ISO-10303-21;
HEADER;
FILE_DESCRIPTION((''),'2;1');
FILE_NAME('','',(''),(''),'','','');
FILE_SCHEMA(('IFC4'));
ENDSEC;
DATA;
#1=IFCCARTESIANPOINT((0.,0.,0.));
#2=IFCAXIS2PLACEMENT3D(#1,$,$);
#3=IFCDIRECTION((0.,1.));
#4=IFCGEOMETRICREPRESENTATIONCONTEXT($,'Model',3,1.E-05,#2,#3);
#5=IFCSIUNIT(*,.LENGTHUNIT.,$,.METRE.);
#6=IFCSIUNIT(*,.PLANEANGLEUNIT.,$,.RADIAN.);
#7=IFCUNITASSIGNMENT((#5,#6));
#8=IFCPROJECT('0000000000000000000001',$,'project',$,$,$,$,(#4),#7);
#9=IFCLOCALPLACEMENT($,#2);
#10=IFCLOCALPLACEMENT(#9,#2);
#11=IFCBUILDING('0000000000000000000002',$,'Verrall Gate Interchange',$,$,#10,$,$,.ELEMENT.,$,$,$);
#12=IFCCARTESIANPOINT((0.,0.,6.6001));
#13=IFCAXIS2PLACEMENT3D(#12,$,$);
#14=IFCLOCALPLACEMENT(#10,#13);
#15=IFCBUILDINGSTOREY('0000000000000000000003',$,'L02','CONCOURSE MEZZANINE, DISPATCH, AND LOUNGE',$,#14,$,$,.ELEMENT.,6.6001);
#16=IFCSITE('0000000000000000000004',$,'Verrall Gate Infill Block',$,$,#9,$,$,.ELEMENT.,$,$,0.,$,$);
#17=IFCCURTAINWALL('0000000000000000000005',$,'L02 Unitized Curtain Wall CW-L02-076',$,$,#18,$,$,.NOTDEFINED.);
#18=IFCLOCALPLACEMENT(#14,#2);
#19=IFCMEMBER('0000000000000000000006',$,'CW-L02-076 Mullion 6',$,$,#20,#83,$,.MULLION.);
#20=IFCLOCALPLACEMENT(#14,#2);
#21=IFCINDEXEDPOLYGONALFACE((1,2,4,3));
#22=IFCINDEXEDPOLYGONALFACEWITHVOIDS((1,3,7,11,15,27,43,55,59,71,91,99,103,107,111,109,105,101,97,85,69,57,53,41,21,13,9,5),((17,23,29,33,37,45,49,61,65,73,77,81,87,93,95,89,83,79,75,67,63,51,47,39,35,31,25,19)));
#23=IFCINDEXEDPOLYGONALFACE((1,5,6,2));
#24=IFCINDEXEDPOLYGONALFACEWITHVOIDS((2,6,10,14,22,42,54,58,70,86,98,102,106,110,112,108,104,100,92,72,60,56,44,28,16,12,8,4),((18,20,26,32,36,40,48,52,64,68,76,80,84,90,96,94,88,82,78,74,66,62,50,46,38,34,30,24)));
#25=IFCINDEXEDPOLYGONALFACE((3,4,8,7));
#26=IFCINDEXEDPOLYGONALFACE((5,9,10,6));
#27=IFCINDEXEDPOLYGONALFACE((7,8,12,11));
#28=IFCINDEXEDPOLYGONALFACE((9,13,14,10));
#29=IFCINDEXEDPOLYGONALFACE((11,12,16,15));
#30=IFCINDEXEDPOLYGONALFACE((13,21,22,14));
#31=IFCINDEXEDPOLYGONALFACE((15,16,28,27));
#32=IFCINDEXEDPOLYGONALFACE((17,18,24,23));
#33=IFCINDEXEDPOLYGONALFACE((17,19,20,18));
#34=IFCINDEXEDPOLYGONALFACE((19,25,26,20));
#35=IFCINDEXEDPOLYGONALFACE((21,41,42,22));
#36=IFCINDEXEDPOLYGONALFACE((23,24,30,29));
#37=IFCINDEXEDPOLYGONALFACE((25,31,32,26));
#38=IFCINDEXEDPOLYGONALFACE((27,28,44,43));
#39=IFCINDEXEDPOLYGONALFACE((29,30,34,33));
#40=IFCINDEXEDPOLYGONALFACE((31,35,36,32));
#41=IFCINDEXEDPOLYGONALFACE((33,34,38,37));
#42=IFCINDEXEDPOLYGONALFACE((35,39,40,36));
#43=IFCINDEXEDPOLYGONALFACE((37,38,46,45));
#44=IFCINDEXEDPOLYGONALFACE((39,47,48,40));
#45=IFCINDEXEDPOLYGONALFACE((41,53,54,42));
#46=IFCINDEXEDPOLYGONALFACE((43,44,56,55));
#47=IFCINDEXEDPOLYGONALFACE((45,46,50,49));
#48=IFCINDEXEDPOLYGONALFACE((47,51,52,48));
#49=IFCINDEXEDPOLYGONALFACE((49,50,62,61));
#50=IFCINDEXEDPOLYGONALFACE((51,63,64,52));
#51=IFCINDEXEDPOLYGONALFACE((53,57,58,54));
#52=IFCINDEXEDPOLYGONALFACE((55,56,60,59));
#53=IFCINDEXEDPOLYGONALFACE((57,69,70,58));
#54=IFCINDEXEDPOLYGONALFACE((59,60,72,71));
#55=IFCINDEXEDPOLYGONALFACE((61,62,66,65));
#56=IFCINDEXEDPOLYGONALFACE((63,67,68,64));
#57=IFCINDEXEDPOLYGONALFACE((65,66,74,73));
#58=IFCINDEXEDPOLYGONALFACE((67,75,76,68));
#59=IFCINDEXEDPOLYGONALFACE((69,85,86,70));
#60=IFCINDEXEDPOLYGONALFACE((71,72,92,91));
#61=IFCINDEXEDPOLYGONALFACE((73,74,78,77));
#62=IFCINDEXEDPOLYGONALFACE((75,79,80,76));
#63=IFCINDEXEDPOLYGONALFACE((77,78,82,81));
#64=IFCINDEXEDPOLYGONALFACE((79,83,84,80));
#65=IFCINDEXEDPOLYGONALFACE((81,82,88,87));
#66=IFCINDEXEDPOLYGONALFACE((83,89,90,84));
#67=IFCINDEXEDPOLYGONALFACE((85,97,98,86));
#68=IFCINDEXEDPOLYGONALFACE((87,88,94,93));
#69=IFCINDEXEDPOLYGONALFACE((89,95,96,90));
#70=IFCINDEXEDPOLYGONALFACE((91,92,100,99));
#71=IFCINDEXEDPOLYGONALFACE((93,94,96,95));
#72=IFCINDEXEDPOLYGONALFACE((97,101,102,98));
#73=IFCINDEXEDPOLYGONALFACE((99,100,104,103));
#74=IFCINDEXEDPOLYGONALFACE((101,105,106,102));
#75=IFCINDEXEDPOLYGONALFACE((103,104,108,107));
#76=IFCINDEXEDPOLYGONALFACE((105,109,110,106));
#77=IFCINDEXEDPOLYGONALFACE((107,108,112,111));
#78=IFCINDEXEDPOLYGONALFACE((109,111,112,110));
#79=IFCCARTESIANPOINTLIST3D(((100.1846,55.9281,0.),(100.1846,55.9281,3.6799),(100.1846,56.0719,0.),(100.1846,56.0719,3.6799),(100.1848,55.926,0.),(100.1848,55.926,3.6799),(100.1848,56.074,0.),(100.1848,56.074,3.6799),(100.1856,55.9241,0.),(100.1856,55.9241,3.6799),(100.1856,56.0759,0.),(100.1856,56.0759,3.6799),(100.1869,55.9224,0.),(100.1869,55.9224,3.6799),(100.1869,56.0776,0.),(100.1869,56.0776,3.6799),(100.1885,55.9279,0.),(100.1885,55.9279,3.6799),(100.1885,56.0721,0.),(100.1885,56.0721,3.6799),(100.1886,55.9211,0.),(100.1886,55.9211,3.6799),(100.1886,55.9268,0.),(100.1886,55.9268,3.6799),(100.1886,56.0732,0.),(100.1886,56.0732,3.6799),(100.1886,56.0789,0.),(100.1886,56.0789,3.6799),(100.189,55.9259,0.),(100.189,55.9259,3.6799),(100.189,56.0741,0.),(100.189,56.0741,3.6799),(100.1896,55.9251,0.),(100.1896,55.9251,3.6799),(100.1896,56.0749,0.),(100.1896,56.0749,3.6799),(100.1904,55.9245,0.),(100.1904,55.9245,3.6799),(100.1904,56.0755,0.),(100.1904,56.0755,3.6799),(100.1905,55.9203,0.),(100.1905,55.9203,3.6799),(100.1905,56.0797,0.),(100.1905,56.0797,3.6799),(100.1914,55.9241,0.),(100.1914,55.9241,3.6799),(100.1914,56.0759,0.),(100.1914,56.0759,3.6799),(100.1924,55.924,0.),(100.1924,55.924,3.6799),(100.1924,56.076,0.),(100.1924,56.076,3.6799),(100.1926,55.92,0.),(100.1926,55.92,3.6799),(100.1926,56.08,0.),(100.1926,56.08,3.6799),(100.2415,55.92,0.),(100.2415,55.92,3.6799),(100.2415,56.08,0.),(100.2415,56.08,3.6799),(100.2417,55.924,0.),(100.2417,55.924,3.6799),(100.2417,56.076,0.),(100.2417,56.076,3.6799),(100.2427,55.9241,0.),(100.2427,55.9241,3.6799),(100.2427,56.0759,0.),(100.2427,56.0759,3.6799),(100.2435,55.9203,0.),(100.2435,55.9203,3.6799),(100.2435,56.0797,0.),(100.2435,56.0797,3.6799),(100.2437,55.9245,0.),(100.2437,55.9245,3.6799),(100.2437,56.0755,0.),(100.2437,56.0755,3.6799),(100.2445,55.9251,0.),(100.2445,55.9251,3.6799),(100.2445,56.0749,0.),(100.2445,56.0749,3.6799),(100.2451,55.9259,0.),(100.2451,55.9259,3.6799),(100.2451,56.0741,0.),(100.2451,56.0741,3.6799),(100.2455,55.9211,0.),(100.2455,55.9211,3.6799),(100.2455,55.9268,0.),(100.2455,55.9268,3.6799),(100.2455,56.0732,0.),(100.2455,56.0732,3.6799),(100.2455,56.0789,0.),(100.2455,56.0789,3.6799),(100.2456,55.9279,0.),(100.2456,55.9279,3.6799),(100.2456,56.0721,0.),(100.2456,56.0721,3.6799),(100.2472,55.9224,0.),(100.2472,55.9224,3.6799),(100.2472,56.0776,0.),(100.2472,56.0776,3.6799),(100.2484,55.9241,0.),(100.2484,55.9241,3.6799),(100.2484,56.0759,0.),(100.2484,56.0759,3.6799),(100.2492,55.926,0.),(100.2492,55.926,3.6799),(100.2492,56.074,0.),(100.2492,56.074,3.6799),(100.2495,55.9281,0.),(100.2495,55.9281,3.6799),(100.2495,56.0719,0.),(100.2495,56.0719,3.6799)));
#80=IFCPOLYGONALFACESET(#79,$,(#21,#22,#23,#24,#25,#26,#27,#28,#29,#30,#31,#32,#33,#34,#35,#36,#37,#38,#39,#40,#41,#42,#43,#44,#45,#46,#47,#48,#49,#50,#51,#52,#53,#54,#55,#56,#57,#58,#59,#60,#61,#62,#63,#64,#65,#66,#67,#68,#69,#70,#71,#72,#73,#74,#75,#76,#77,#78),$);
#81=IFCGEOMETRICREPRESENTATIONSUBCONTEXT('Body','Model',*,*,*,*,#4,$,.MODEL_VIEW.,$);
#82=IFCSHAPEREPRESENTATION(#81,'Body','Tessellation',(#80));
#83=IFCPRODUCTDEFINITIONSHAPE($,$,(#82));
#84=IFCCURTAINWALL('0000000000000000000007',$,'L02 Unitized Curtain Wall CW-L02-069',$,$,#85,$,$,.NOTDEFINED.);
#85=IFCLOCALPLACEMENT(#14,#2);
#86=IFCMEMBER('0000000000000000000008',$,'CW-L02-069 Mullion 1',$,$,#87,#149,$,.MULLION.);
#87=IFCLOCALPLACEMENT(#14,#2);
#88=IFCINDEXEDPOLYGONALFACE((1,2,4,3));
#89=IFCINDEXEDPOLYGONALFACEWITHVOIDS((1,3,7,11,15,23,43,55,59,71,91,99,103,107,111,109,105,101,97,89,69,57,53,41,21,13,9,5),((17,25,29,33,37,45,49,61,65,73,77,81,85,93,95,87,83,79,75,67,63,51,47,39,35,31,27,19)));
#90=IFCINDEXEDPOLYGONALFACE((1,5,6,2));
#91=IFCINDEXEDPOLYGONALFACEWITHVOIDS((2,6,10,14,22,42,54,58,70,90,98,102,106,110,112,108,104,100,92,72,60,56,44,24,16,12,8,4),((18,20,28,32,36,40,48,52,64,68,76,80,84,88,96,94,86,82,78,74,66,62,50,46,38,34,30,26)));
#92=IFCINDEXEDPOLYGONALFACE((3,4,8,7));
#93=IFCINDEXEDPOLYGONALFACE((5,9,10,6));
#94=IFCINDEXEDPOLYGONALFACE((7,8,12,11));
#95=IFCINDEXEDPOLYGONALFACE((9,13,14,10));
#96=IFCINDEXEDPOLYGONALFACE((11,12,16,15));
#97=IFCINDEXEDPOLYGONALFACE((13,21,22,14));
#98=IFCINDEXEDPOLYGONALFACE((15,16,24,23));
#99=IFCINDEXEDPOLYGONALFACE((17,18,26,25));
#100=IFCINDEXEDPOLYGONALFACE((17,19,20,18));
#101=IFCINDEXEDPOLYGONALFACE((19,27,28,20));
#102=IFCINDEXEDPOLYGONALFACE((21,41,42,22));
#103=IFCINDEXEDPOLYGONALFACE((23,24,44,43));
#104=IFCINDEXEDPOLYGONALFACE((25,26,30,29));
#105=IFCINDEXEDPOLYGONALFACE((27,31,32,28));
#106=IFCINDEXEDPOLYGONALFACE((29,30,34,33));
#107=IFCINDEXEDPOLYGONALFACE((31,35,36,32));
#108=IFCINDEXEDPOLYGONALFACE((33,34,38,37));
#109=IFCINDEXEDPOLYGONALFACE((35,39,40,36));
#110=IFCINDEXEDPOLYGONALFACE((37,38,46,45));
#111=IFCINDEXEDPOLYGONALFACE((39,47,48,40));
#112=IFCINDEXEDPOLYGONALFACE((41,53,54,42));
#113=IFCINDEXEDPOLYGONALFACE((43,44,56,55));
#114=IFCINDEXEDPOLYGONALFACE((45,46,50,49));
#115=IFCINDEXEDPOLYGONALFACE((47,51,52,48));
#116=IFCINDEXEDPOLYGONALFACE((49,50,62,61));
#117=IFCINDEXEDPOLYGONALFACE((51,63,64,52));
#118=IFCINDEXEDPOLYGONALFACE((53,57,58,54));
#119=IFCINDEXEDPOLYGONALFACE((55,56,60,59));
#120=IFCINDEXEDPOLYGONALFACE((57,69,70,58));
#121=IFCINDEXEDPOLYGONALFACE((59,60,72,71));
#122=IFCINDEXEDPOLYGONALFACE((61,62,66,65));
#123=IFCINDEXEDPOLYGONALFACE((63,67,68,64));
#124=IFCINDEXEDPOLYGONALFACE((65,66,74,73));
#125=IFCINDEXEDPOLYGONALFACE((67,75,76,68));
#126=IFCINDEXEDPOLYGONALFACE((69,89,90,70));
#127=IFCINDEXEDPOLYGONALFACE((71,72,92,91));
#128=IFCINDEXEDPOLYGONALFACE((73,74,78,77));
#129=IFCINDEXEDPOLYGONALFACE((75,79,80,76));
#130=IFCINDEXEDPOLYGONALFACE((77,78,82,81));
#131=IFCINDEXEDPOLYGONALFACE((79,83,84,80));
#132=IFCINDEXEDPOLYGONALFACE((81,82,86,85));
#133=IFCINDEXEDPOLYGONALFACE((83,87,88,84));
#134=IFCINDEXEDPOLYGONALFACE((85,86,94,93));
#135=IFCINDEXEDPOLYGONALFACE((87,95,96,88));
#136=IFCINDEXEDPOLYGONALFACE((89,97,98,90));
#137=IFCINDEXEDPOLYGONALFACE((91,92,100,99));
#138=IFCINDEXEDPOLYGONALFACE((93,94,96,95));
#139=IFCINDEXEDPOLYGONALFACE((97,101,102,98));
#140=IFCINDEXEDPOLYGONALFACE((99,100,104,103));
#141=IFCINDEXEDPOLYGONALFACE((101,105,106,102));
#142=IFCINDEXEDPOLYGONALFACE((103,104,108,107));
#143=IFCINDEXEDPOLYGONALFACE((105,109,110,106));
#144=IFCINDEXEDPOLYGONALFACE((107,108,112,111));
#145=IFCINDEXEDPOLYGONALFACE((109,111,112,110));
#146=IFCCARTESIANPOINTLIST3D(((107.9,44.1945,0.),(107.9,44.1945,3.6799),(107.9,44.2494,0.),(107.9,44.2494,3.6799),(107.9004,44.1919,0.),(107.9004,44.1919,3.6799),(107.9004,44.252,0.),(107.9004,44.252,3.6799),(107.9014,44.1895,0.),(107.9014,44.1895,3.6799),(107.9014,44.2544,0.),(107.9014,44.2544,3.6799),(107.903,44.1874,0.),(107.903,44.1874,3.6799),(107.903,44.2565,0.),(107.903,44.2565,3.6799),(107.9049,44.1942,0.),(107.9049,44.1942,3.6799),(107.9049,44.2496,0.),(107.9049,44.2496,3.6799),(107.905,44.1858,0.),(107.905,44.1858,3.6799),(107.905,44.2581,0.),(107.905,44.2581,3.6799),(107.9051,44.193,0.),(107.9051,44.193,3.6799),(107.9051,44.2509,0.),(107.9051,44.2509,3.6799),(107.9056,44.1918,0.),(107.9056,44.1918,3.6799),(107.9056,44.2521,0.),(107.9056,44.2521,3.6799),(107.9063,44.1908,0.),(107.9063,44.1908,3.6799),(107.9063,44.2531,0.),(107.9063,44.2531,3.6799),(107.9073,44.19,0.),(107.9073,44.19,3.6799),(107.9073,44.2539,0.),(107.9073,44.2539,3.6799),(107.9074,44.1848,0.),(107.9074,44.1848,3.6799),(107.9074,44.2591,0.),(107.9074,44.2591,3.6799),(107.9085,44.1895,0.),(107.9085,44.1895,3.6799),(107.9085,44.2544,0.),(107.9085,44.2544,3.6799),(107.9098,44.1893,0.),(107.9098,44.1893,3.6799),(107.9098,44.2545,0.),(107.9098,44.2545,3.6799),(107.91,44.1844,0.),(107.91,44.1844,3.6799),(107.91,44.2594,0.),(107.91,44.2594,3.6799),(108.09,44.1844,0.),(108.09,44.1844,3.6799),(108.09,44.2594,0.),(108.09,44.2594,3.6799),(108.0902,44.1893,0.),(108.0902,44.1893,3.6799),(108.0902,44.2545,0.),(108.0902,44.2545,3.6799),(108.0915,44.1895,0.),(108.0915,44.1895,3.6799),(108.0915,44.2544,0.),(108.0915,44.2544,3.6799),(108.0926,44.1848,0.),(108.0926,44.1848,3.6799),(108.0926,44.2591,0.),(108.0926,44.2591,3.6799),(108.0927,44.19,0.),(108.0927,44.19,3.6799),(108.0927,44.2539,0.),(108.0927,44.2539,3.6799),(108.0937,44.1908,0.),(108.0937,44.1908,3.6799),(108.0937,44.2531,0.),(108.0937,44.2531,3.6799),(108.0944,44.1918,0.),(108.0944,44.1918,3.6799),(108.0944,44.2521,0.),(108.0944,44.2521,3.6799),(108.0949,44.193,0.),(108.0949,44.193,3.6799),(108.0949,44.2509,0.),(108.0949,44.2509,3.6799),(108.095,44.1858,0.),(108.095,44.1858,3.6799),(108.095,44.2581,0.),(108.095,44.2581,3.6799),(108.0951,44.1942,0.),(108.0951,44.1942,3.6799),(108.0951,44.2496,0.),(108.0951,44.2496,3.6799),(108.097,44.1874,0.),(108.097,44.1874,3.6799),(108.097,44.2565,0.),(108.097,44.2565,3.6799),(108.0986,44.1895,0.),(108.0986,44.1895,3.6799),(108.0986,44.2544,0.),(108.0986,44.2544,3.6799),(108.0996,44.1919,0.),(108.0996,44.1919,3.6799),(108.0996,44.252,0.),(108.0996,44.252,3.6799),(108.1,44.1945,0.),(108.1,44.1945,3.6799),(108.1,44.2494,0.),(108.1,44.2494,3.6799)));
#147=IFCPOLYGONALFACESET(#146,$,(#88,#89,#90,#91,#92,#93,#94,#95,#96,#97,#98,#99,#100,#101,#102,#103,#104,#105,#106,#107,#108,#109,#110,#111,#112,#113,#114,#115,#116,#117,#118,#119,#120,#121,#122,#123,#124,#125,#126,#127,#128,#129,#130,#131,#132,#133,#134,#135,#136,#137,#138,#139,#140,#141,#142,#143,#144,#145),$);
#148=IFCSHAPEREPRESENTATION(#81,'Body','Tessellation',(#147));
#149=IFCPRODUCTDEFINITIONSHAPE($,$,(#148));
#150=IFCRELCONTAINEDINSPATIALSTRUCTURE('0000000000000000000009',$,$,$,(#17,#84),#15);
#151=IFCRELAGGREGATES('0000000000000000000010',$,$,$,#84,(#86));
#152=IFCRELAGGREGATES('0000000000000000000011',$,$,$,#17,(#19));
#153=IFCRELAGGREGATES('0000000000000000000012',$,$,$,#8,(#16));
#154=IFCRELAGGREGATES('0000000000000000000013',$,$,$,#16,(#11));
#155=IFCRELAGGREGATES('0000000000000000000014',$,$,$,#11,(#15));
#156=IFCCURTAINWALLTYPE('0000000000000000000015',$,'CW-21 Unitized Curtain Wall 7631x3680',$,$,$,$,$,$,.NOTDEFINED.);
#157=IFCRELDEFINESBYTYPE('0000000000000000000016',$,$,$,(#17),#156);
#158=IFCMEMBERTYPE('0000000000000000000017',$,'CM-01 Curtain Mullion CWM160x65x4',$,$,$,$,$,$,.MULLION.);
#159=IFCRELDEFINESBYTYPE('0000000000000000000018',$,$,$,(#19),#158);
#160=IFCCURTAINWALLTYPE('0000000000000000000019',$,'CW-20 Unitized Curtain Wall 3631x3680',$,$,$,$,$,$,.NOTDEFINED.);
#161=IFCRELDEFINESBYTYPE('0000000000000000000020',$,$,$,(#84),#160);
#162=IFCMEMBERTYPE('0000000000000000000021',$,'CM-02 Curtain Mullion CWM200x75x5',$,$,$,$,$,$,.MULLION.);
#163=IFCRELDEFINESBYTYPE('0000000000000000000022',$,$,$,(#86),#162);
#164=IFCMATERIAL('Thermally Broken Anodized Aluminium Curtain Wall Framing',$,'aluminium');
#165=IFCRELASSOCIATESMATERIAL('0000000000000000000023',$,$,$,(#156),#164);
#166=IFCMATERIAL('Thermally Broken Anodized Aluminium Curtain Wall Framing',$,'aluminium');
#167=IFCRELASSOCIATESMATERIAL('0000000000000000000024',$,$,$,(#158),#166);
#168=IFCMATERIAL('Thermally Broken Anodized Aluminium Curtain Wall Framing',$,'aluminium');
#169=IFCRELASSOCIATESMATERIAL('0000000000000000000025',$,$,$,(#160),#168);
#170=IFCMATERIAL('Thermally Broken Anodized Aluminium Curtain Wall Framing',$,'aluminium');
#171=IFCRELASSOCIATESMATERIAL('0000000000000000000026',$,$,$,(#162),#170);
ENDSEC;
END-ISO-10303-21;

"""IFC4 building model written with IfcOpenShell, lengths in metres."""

from ifc_helpers import new_model, si_unit, direction, frame, origin, origin_2d, place, context, subcontext, project, spatial, hollow_rectangle, extrude, material, material_profile, profile_set, type_object, element, aggregate, save


model = new_model("IFC4")

# Units and contexts
model_context = context("Model", 3, precision=1e-05, world=origin(), true_north=direction((0.0, 1.0)))
body_context = subcontext(model_context, "Body", "Model", "MODEL_VIEW")
ifc_project = project(units=[si_unit("LENGTHUNIT", "METRE"), si_unit("PLANEANGLEUNIT", "RADIAN")], contexts=[model_context])

# Site, building, storey
site_placement = place(None, origin())
site = spatial("IfcSite", under=ifc_project, at=site_placement, Name="Verrall Gate Infill Block", CompositionType="ELEMENT", RefElevation=0.0)
building_placement = place(site_placement, origin())
building = spatial("IfcBuilding", under=site, at=building_placement, Name="Verrall Gate Interchange", CompositionType="ELEMENT")
storey_placement = place(building_placement, frame((0.0, 0.0, 6.6001)))
storey = spatial("IfcBuildingStorey", under=building, at=storey_placement, Name="L02", Description="CONCOURSE MEZZANINE, DISPATCH, AND LOUNGE", CompositionType="ELEMENT", Elevation=6.6001)

# Curtain wall, member
ifc_material_1 = material(Name="Thermally Broken Anodized Aluminium Curtain Wall Framing", Category="aluminium")
curtain_wall_type_1 = type_object("IfcCurtainWallType", Name="CW-21 Unitized Curtain Wall 7631x3680", PredefinedType="NOTDEFINED", material=ifc_material_1)
curtain_wall_1_placement = place(storey_placement, origin())
curtain_wall_1 = element("IfcCurtainWall", 1, at=curtain_wall_1_placement, inside=storey, type_object=curtain_wall_type_1, Name="L02 Unitized Curtain Wall CW-L02-076", PredefinedType="NOTDEFINED")
ifc_material_2 = material(Name="Thermally Broken Anodized Aluminium Curtain Wall Framing", Category="aluminium")
ifc_material_profile_1 = material_profile(ifc_material_2, hollow_rectangle(XDim=0.0649, YDim=0.1599, WallThickness=0.0039, InnerFilletRadius=0.0039, OuterFilletRadius=0.0081, at=origin_2d()), Name="CWM160x65x4")
ifc_profile_set_1 = profile_set([ifc_material_profile_1], Name="Thermally Broken Anodized Aluminium Curtain Wall Framing")
member_type_1 = type_object("IfcMemberType", Name="CM-01 Curtain Mullion CWM160x65x4", PredefinedType="MULLION", material=ifc_profile_set_1)
member_1_placement = place(storey_placement, frame((100.217, 56.0, 0.0), z_axis=(0.0, 0.0, 1.0), x_axis=(-1.0, 0.0, 0.0)))
member_1 = element("IfcMember", 2, at=member_1_placement, type_object=member_type_1, Name="CW-L02-076 Mullion 6", PredefinedType="MULLION", context=body_context, shape_type="SweptSolid", body=[
    extrude(hollow_rectangle(XDim=0.0649, YDim=0.1599, WallThickness=0.0039, InnerFilletRadius=0.0039, OuterFilletRadius=0.0081, at=origin_2d()), origin(), (0.0, 0.0, 1.0), 3.6799),
])

# Curtain wall, member
ifc_material_3 = material(Name="Thermally Broken Anodized Aluminium Curtain Wall Framing", Category="aluminium")
curtain_wall_type_2 = type_object("IfcCurtainWallType", Name="CW-20 Unitized Curtain Wall 3631x3680", PredefinedType="NOTDEFINED", material=ifc_material_3)
curtain_wall_2_placement = place(storey_placement, origin())
curtain_wall_2 = element("IfcCurtainWall", 3, at=curtain_wall_2_placement, inside=storey, type_object=curtain_wall_type_2, Name="L02 Unitized Curtain Wall CW-L02-069", PredefinedType="NOTDEFINED")
ifc_material_4 = material(Name="Thermally Broken Anodized Aluminium Curtain Wall Framing", Category="aluminium")
ifc_material_profile_2 = material_profile(ifc_material_4, hollow_rectangle(XDim=0.075, YDim=0.2, WallThickness=0.0049, InnerFilletRadius=0.0049, OuterFilletRadius=0.01, at=origin_2d()), Name="CWM200x75x5")
ifc_profile_set_2 = profile_set([ifc_material_profile_2], Name="Thermally Broken Anodized Aluminium Curtain Wall Framing")
member_type_2 = type_object("IfcMemberType", Name="CM-02 Curtain Mullion CWM200x75x5", PredefinedType="MULLION", material=ifc_profile_set_2)
member_2_placement = place(storey_placement, frame((108.0, 44.2219, 0.0), z_axis=(0.0, 0.0, 1.0), x_axis=(0.0, 1.0, 0.0)))
member_2 = element("IfcMember", 4, at=member_2_placement, type_object=member_type_2, Name="CW-L02-069 Mullion 1", PredefinedType="MULLION", context=body_context, shape_type="SweptSolid", body=[
    extrude(hollow_rectangle(XDim=0.075, YDim=0.2, WallThickness=0.0049, InnerFilletRadius=0.0049, OuterFilletRadius=0.01, at=origin_2d()), origin(), (0.0, 0.0, 1.0), 3.6799),
])

aggregate(curtain_wall_2, [member_2])
aggregate(curtain_wall_1, [member_1])

save(model, "model.ifc")
